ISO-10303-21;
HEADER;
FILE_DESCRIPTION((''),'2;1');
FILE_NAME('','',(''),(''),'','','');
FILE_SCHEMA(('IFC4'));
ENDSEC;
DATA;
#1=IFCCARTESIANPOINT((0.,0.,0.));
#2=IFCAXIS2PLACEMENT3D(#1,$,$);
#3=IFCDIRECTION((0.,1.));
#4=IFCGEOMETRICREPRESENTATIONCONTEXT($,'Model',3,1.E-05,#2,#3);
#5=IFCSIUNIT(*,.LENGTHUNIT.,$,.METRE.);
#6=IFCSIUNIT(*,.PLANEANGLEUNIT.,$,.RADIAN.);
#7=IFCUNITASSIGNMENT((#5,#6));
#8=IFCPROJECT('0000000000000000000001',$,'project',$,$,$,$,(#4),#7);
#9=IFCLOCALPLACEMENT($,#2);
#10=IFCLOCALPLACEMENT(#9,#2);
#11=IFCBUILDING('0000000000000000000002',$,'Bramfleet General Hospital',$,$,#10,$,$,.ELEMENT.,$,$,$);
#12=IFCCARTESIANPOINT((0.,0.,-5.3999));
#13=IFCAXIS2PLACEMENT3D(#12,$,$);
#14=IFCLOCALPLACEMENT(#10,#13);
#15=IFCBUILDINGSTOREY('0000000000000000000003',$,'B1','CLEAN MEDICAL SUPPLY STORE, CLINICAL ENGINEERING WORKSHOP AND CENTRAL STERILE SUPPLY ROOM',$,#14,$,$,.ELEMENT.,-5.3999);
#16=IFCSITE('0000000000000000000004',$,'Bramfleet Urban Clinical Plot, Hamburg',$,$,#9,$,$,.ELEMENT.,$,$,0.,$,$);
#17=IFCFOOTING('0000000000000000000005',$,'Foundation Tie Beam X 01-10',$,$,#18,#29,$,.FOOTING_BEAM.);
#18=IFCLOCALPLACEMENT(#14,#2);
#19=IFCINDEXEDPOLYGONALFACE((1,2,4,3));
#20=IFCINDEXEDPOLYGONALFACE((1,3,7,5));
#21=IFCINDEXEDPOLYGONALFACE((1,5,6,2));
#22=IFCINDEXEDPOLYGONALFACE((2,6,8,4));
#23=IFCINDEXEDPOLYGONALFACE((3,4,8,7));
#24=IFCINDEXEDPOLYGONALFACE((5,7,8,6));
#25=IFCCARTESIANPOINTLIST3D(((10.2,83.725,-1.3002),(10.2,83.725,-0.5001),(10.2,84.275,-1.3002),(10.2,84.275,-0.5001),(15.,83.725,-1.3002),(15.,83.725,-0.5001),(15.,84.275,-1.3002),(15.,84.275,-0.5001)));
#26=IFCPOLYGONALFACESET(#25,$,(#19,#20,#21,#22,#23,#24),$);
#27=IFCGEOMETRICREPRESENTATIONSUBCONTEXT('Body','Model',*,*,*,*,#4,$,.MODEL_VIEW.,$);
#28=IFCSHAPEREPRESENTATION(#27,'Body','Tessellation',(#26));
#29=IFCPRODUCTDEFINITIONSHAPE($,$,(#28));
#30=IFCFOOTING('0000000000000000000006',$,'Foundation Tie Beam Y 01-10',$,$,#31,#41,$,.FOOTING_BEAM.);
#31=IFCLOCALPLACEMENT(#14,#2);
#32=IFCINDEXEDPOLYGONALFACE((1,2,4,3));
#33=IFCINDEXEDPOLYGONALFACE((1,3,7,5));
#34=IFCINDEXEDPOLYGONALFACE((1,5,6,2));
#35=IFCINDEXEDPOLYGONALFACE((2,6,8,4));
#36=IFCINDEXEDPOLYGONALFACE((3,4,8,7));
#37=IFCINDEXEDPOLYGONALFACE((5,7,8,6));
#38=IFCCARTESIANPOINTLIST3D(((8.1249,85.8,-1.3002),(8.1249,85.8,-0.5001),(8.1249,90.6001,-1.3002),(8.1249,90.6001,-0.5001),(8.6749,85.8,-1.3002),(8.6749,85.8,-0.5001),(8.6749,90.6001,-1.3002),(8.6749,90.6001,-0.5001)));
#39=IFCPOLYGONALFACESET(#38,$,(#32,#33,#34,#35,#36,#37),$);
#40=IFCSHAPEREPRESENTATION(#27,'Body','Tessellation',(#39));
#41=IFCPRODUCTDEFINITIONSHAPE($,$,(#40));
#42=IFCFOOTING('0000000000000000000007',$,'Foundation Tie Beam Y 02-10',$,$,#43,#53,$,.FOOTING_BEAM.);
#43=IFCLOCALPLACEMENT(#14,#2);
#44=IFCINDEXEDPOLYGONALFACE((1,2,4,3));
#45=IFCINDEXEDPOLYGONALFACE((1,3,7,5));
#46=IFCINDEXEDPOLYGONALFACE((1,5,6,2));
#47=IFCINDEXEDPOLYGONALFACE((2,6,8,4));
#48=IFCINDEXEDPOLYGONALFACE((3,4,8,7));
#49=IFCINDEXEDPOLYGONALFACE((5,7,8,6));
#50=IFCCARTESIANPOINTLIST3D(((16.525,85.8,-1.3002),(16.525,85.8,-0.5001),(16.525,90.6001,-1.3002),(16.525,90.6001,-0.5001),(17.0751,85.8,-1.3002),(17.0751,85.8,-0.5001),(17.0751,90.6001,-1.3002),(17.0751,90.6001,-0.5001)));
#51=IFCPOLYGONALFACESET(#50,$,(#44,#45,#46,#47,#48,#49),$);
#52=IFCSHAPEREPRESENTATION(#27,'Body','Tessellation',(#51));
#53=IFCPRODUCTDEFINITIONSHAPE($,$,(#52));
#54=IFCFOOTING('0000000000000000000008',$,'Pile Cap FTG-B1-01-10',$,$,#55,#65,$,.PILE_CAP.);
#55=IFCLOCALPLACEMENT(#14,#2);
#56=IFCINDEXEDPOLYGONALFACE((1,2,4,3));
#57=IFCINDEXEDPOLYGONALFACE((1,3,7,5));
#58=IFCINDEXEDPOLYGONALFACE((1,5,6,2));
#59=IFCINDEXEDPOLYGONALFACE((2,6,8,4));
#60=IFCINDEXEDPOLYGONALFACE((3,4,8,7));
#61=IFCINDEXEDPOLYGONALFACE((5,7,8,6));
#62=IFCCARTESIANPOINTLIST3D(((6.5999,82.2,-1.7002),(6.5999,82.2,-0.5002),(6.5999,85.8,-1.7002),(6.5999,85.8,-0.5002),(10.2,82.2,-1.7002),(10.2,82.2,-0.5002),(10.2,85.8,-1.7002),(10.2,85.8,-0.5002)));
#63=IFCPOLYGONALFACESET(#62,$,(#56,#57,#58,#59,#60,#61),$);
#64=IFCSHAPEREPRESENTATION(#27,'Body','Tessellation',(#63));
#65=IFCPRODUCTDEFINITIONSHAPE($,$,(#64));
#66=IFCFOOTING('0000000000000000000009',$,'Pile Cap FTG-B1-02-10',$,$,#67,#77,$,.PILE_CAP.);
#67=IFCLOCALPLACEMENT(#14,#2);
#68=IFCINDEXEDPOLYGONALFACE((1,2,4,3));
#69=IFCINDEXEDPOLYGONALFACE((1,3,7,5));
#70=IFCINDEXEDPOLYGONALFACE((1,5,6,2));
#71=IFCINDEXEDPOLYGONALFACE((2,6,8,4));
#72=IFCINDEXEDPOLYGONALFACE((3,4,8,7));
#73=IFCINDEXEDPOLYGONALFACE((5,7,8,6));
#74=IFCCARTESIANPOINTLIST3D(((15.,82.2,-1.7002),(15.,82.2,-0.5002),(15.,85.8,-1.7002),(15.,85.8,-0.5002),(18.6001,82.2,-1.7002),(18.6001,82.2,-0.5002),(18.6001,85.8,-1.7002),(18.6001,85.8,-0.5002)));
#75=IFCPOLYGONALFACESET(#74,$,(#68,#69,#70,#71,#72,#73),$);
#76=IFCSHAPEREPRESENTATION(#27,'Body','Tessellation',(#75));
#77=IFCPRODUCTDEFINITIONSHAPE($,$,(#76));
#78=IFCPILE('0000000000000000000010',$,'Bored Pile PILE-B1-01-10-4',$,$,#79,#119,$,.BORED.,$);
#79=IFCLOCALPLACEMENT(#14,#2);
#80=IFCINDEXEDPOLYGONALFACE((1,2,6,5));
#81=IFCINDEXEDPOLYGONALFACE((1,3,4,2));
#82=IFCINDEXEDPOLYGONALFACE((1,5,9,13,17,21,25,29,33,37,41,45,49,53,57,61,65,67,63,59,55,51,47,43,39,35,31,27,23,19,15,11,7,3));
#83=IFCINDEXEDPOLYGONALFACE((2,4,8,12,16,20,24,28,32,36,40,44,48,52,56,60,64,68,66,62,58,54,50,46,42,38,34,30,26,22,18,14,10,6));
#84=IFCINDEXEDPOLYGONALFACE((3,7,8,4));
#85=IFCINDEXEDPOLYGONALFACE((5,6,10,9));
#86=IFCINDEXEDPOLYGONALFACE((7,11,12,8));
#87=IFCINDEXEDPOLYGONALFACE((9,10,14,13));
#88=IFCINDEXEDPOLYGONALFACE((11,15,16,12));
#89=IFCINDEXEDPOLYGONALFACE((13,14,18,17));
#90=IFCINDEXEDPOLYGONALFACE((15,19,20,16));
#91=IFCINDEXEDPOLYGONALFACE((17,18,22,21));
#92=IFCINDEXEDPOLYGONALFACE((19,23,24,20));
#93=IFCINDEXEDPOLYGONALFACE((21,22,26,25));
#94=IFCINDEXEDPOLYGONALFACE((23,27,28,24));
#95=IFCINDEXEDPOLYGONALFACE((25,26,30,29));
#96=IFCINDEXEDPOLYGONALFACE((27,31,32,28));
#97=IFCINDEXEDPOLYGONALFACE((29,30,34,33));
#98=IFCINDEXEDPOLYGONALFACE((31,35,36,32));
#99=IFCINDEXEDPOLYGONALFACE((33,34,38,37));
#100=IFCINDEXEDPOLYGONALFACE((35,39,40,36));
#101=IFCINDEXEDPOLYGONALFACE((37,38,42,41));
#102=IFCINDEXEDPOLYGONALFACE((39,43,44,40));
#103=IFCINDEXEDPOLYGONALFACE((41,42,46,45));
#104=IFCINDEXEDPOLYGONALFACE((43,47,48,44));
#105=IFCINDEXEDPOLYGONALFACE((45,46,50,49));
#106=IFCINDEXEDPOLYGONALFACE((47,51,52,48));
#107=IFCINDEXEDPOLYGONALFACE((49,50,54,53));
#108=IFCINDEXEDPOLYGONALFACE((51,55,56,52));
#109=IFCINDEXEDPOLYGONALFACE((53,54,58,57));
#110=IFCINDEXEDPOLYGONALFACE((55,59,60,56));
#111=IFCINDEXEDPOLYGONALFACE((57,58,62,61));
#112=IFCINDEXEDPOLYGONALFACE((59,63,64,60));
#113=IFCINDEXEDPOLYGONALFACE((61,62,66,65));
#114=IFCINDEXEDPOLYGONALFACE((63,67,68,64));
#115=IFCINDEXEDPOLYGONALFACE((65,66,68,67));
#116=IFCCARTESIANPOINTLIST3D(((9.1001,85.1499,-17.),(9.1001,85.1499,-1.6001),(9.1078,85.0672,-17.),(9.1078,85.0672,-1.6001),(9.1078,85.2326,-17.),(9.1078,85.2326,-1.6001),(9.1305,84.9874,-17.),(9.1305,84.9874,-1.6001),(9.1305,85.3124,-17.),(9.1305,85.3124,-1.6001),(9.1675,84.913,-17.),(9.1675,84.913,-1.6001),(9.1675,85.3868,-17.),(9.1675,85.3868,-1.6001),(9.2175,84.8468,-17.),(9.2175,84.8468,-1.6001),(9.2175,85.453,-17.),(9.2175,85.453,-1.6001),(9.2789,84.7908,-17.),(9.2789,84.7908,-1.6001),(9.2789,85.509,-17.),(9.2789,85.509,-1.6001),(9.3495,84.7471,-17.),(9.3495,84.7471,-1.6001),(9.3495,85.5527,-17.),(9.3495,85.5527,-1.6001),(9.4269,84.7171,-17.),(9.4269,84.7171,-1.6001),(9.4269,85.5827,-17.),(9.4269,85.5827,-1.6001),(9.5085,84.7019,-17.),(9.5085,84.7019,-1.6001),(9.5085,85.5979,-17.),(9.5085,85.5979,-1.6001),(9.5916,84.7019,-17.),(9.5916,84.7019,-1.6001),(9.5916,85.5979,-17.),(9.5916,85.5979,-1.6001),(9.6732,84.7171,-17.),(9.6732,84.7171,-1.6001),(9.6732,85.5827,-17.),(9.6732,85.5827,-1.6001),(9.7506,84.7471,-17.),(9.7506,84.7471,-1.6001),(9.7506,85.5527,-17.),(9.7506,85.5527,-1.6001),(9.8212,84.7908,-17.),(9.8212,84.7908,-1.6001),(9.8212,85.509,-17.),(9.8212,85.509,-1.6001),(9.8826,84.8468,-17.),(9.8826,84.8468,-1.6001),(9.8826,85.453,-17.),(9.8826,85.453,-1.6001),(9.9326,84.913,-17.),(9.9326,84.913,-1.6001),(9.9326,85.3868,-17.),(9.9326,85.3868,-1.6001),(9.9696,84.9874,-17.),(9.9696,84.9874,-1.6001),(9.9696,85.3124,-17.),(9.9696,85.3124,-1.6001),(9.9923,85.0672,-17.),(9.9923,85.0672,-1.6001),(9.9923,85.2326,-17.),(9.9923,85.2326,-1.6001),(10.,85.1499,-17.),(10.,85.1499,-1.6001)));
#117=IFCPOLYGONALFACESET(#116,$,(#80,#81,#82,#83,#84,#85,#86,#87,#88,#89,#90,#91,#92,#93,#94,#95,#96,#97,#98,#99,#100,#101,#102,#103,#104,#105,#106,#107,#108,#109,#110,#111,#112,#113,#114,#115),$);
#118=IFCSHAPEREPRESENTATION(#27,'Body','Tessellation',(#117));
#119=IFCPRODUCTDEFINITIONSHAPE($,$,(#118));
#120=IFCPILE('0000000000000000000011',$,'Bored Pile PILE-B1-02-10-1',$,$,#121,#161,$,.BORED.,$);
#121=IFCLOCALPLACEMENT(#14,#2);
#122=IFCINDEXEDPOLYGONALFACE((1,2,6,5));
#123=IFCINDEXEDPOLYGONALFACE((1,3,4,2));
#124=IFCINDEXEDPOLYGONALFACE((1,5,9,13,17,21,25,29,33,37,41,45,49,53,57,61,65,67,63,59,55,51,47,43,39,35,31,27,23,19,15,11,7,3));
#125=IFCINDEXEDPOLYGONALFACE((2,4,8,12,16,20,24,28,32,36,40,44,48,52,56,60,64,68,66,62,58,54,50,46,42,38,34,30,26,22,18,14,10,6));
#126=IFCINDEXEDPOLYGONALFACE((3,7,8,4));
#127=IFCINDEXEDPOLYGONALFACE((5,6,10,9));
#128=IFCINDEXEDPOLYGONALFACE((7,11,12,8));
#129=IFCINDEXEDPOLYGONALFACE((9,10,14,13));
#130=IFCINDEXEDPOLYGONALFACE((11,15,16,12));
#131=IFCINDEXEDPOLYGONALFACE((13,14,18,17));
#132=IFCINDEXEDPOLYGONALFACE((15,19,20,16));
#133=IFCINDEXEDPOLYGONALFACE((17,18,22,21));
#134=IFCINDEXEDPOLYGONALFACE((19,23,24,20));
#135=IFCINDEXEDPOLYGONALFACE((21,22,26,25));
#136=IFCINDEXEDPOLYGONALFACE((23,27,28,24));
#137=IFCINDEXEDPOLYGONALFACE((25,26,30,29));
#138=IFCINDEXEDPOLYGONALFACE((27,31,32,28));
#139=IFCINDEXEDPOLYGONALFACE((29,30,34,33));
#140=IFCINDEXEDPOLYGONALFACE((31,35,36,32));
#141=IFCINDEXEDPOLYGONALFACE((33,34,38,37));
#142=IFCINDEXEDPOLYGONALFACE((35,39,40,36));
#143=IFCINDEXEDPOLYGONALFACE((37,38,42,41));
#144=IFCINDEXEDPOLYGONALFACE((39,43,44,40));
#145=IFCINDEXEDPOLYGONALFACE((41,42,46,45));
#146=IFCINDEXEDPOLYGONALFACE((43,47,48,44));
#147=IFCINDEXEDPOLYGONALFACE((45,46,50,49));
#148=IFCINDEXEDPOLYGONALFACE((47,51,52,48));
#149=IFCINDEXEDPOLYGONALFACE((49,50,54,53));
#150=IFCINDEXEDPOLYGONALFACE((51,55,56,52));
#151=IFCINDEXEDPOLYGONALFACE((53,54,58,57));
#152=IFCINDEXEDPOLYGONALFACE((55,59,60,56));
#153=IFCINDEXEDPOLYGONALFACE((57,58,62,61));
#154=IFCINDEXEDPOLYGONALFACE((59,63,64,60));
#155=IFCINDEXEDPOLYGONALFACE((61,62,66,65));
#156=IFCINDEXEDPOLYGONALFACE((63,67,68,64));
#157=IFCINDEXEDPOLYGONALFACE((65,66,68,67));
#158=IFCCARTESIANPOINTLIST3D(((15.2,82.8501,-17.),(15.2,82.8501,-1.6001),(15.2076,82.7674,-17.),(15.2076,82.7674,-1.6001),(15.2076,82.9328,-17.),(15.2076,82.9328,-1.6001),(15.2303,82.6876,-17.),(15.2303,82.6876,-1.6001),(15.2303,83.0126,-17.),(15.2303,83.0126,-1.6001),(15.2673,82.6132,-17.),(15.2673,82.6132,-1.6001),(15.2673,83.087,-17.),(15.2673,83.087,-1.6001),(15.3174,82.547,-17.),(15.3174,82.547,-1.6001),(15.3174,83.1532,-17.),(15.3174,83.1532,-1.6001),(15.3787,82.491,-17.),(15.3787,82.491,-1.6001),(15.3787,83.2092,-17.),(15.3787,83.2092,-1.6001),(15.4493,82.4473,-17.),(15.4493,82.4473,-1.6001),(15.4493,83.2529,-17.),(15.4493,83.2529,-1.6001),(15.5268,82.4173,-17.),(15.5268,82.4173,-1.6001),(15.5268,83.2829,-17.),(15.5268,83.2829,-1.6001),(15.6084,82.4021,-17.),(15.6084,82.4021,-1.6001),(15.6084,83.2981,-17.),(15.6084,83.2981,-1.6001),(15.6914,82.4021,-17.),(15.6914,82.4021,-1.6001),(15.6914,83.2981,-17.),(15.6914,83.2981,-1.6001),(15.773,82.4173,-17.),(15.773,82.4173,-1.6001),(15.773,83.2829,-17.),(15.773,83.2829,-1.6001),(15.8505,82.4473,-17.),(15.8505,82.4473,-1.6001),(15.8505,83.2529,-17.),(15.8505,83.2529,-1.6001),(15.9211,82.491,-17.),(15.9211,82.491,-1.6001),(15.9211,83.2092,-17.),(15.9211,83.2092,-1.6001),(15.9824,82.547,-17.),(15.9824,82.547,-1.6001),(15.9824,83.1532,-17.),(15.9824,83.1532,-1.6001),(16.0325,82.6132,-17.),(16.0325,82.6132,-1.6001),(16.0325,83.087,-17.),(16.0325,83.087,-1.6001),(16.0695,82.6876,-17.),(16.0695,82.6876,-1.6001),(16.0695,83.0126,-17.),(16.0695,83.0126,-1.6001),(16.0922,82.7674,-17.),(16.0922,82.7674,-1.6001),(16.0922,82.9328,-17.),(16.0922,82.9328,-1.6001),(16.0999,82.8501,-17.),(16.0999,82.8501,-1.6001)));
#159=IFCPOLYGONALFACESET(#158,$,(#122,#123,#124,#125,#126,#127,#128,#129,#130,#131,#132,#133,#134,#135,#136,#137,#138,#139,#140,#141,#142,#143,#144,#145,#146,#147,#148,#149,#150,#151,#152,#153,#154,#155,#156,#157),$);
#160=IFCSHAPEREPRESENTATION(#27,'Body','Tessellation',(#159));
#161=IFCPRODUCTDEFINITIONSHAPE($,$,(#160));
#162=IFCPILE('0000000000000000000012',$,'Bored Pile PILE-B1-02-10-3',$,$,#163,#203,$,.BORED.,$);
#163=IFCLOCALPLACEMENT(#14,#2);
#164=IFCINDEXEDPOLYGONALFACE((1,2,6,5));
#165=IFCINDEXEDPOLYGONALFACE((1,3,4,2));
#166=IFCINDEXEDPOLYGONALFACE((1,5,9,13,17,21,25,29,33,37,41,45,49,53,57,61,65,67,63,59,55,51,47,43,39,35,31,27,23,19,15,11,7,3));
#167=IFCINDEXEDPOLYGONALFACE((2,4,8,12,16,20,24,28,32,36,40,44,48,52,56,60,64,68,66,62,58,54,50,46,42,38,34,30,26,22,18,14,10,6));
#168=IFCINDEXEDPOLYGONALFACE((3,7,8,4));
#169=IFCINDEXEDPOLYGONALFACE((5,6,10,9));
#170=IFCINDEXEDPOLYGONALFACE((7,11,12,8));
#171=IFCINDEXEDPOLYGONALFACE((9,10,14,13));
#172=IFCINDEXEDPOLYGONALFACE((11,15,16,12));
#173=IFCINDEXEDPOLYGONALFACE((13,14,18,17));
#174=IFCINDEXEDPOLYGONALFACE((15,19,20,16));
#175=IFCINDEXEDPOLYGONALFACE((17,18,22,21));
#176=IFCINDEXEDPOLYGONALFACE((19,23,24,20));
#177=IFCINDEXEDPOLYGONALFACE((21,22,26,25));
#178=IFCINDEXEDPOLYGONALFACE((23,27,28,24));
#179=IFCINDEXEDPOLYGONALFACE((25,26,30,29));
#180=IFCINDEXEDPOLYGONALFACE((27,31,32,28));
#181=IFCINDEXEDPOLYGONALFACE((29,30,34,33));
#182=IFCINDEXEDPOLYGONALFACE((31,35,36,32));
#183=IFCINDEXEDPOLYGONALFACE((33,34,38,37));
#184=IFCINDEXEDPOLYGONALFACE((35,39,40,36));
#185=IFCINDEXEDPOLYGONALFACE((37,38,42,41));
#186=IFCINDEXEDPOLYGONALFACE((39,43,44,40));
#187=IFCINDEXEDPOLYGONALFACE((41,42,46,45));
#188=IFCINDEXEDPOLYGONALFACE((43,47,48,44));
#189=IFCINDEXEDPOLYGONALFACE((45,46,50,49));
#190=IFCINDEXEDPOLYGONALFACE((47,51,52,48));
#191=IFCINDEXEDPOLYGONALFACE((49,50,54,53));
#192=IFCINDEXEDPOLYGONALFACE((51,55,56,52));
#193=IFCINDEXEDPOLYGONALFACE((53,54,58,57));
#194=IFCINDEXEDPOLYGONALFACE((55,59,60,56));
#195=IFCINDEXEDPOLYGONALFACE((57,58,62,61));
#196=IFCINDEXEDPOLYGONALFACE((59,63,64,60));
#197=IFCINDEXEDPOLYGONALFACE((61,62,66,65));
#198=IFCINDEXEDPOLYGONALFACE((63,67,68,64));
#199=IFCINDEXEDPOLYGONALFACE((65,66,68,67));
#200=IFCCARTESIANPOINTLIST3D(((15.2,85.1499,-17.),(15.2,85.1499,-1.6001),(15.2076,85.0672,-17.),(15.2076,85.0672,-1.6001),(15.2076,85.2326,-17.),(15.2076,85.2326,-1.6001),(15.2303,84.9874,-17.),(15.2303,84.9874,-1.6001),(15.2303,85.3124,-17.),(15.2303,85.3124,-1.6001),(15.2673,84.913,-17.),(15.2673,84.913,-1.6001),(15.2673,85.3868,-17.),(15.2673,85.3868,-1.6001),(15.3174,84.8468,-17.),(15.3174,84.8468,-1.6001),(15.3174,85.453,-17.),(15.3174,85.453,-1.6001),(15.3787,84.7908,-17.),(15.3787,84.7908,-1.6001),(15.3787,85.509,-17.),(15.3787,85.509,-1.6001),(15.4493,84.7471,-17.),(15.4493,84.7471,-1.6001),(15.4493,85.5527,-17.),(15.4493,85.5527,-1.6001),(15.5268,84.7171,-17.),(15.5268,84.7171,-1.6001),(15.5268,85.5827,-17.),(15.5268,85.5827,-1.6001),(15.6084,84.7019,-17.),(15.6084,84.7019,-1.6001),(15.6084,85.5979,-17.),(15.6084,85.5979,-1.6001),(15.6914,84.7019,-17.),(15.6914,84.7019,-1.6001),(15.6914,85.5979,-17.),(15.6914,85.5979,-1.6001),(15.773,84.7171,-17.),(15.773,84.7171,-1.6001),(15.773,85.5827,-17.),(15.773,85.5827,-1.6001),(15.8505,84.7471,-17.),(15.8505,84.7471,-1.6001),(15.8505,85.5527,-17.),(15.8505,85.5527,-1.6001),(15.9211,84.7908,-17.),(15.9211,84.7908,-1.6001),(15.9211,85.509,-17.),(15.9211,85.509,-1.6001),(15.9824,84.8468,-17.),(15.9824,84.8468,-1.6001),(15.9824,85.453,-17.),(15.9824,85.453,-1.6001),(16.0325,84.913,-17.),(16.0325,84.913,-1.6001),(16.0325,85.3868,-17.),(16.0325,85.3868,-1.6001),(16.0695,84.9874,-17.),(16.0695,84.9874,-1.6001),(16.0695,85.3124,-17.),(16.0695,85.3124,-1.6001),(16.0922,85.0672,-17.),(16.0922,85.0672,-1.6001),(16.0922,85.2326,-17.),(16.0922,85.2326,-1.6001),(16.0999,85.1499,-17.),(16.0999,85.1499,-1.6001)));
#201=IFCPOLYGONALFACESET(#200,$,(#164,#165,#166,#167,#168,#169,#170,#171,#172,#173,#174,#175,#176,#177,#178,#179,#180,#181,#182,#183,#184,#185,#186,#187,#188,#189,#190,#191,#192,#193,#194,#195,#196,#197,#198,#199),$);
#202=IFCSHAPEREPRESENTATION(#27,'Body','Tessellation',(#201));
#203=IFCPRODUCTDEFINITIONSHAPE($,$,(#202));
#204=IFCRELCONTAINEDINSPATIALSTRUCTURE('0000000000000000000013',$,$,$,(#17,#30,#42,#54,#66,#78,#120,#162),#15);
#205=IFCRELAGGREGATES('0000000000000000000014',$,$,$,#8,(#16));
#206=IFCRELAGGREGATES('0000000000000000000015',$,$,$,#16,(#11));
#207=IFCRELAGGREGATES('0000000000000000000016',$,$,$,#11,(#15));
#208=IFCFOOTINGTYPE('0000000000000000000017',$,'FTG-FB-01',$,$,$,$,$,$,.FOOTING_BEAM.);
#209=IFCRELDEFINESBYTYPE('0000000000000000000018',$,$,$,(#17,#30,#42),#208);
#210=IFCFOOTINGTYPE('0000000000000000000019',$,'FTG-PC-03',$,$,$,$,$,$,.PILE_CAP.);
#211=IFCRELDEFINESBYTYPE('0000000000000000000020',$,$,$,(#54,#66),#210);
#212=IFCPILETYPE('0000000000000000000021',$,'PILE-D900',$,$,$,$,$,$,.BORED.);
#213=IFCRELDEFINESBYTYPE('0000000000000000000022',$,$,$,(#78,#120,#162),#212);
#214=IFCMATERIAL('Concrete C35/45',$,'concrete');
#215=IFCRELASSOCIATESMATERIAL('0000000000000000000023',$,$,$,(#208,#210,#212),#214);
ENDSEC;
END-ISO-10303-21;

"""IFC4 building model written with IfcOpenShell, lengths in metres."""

from ifc_helpers import new_model, si_unit, direction, frame, origin, origin_2d, place, context, subcontext, project, spatial, rectangle, circle, extrude, material, material_profile, profile_set, type_object, element, save


model = new_model("IFC4")

# Units and contexts
model_context = context("Model", 3, precision=1e-05, world=origin(), true_north=direction((0.0, 1.0)))
body_context = subcontext(model_context, "Body", "Model", "MODEL_VIEW")
ifc_project = project(units=[si_unit("LENGTHUNIT", "METRE"), si_unit("PLANEANGLEUNIT", "RADIAN")], contexts=[model_context])

# Site, building, storey
site_placement = place(None, origin())
site = spatial("IfcSite", under=ifc_project, at=site_placement, Name="Bramfleet Urban Clinical Plot, Hamburg", CompositionType="ELEMENT", RefElevation=0.0)
building_placement = place(site_placement, origin())
building = spatial("IfcBuilding", under=site, at=building_placement, Name="Bramfleet General Hospital", CompositionType="ELEMENT")
storey_placement = place(building_placement, frame((0.0, 0.0, -5.3999)))
storey = spatial("IfcBuildingStorey", under=building, at=storey_placement, Name="B1", Description="CLEAN MEDICAL SUPPLY STORE, CLINICAL ENGINEERING WORKSHOP AND CENTRAL STERILE SUPPLY ROOM", CompositionType="ELEMENT", Elevation=-5.3999)

# Footings
ifc_material_1 = material(Name="Concrete C35/45", Category="concrete")
ifc_material_profile_1 = material_profile(ifc_material_1, rectangle(XDim=0.55, YDim=0.8, at=origin_2d()), Name="RC FB 800x550")
ifc_profile_set_1 = profile_set([ifc_material_profile_1], Name="Concrete C35/45")
footing_type_1 = type_object("IfcFootingType", Name="FTG-FB-01", PredefinedType="FOOTING_BEAM", material=ifc_profile_set_1)
for number, where, z_axis, x_axis, name in (
    (1, (10.2, 84.0, -0.9001), (1.0, 0.0, 0.0), (0.0, 1.0, 0.0), "Foundation Tie Beam X 01-10"),
    (2, (8.3999, 85.8, -0.9001), (0.0, 1.0, 0.0), (-1.0, 0.0, 0.0), "Foundation Tie Beam Y 01-10"),
    (3, (16.8, 85.8, -0.9001), (0.0, 1.0, 0.0), (-1.0, 0.0, 0.0), "Foundation Tie Beam Y 02-10"),
):
    element("IfcFooting", number, at=place(storey_placement, frame(where, z_axis=z_axis, x_axis=x_axis)), inside=storey, type_object=footing_type_1, Name=name, PredefinedType="FOOTING_BEAM", context=body_context, shape_type="SweptSolid", body=[
        extrude(rectangle(XDim=0.55, YDim=0.8, at=origin_2d()), origin(), (0.0, 0.0, 1.0), 4.8),
    ])
footing_type_2 = type_object("IfcFootingType", Name="FTG-PC-03", PredefinedType="PILE_CAP", material=ifc_material_1)
for number, where, z_axis, x_axis, name in (
    (4, (8.3999, 84.0, -1.7002), (0.0, 0.0, 1.0), (1.0, 0.0, 0.0), "Pile Cap FTG-B1-01-10"),
    (5, (16.8, 84.0, -1.7002), (0.0, 0.0, 1.0), (1.0, 0.0, 0.0), "Pile Cap FTG-B1-02-10"),
):
    element("IfcFooting", number, at=place(storey_placement, frame(where, z_axis=z_axis, x_axis=x_axis)), inside=storey, type_object=footing_type_2, Name=name, PredefinedType="PILE_CAP", context=body_context, shape_type="SweptSolid", body=[
        extrude(rectangle(XDim=3.6001, YDim=3.6001, at=origin_2d()), origin(), (0.0, 0.0, 1.0), 1.2),
    ])

# Piles
ifc_material_profile_2 = material_profile(ifc_material_1, circle(Radius=0.45, at=origin_2d()), Name="PILE BORED D900")
ifc_profile_set_2 = profile_set([ifc_material_profile_2], Name="Concrete C35/45")
pile_type = type_object("IfcPileType", Name="PILE-D900", PredefinedType="BORED", material=ifc_profile_set_2)
for number, where, z_axis, x_axis, name in (
    (6, (9.55, 85.1499, -1.6001), (0.0, 0.0, -1.0), (1.0, 0.0, 0.0), "Bored Pile PILE-B1-01-10-4"),
    (7, (15.6499, 82.8501, -1.6001), (0.0, 0.0, -1.0), (1.0, 0.0, 0.0), "Bored Pile PILE-B1-02-10-1"),
    (8, (15.6499, 85.1499, -1.6001), (0.0, 0.0, -1.0), (1.0, 0.0, 0.0), "Bored Pile PILE-B1-02-10-3"),
):
    element("IfcPile", number, at=place(storey_placement, frame(where, z_axis=z_axis, x_axis=x_axis)), inside=storey, type_object=pile_type, Name=name, PredefinedType="BORED", context=body_context, shape_type="SweptSolid", body=[
        extrude(circle(Radius=0.45, at=origin_2d()), origin(), (0.0, 0.0, 1.0), 15.3999),
    ])

save(model, "model.ifc")
